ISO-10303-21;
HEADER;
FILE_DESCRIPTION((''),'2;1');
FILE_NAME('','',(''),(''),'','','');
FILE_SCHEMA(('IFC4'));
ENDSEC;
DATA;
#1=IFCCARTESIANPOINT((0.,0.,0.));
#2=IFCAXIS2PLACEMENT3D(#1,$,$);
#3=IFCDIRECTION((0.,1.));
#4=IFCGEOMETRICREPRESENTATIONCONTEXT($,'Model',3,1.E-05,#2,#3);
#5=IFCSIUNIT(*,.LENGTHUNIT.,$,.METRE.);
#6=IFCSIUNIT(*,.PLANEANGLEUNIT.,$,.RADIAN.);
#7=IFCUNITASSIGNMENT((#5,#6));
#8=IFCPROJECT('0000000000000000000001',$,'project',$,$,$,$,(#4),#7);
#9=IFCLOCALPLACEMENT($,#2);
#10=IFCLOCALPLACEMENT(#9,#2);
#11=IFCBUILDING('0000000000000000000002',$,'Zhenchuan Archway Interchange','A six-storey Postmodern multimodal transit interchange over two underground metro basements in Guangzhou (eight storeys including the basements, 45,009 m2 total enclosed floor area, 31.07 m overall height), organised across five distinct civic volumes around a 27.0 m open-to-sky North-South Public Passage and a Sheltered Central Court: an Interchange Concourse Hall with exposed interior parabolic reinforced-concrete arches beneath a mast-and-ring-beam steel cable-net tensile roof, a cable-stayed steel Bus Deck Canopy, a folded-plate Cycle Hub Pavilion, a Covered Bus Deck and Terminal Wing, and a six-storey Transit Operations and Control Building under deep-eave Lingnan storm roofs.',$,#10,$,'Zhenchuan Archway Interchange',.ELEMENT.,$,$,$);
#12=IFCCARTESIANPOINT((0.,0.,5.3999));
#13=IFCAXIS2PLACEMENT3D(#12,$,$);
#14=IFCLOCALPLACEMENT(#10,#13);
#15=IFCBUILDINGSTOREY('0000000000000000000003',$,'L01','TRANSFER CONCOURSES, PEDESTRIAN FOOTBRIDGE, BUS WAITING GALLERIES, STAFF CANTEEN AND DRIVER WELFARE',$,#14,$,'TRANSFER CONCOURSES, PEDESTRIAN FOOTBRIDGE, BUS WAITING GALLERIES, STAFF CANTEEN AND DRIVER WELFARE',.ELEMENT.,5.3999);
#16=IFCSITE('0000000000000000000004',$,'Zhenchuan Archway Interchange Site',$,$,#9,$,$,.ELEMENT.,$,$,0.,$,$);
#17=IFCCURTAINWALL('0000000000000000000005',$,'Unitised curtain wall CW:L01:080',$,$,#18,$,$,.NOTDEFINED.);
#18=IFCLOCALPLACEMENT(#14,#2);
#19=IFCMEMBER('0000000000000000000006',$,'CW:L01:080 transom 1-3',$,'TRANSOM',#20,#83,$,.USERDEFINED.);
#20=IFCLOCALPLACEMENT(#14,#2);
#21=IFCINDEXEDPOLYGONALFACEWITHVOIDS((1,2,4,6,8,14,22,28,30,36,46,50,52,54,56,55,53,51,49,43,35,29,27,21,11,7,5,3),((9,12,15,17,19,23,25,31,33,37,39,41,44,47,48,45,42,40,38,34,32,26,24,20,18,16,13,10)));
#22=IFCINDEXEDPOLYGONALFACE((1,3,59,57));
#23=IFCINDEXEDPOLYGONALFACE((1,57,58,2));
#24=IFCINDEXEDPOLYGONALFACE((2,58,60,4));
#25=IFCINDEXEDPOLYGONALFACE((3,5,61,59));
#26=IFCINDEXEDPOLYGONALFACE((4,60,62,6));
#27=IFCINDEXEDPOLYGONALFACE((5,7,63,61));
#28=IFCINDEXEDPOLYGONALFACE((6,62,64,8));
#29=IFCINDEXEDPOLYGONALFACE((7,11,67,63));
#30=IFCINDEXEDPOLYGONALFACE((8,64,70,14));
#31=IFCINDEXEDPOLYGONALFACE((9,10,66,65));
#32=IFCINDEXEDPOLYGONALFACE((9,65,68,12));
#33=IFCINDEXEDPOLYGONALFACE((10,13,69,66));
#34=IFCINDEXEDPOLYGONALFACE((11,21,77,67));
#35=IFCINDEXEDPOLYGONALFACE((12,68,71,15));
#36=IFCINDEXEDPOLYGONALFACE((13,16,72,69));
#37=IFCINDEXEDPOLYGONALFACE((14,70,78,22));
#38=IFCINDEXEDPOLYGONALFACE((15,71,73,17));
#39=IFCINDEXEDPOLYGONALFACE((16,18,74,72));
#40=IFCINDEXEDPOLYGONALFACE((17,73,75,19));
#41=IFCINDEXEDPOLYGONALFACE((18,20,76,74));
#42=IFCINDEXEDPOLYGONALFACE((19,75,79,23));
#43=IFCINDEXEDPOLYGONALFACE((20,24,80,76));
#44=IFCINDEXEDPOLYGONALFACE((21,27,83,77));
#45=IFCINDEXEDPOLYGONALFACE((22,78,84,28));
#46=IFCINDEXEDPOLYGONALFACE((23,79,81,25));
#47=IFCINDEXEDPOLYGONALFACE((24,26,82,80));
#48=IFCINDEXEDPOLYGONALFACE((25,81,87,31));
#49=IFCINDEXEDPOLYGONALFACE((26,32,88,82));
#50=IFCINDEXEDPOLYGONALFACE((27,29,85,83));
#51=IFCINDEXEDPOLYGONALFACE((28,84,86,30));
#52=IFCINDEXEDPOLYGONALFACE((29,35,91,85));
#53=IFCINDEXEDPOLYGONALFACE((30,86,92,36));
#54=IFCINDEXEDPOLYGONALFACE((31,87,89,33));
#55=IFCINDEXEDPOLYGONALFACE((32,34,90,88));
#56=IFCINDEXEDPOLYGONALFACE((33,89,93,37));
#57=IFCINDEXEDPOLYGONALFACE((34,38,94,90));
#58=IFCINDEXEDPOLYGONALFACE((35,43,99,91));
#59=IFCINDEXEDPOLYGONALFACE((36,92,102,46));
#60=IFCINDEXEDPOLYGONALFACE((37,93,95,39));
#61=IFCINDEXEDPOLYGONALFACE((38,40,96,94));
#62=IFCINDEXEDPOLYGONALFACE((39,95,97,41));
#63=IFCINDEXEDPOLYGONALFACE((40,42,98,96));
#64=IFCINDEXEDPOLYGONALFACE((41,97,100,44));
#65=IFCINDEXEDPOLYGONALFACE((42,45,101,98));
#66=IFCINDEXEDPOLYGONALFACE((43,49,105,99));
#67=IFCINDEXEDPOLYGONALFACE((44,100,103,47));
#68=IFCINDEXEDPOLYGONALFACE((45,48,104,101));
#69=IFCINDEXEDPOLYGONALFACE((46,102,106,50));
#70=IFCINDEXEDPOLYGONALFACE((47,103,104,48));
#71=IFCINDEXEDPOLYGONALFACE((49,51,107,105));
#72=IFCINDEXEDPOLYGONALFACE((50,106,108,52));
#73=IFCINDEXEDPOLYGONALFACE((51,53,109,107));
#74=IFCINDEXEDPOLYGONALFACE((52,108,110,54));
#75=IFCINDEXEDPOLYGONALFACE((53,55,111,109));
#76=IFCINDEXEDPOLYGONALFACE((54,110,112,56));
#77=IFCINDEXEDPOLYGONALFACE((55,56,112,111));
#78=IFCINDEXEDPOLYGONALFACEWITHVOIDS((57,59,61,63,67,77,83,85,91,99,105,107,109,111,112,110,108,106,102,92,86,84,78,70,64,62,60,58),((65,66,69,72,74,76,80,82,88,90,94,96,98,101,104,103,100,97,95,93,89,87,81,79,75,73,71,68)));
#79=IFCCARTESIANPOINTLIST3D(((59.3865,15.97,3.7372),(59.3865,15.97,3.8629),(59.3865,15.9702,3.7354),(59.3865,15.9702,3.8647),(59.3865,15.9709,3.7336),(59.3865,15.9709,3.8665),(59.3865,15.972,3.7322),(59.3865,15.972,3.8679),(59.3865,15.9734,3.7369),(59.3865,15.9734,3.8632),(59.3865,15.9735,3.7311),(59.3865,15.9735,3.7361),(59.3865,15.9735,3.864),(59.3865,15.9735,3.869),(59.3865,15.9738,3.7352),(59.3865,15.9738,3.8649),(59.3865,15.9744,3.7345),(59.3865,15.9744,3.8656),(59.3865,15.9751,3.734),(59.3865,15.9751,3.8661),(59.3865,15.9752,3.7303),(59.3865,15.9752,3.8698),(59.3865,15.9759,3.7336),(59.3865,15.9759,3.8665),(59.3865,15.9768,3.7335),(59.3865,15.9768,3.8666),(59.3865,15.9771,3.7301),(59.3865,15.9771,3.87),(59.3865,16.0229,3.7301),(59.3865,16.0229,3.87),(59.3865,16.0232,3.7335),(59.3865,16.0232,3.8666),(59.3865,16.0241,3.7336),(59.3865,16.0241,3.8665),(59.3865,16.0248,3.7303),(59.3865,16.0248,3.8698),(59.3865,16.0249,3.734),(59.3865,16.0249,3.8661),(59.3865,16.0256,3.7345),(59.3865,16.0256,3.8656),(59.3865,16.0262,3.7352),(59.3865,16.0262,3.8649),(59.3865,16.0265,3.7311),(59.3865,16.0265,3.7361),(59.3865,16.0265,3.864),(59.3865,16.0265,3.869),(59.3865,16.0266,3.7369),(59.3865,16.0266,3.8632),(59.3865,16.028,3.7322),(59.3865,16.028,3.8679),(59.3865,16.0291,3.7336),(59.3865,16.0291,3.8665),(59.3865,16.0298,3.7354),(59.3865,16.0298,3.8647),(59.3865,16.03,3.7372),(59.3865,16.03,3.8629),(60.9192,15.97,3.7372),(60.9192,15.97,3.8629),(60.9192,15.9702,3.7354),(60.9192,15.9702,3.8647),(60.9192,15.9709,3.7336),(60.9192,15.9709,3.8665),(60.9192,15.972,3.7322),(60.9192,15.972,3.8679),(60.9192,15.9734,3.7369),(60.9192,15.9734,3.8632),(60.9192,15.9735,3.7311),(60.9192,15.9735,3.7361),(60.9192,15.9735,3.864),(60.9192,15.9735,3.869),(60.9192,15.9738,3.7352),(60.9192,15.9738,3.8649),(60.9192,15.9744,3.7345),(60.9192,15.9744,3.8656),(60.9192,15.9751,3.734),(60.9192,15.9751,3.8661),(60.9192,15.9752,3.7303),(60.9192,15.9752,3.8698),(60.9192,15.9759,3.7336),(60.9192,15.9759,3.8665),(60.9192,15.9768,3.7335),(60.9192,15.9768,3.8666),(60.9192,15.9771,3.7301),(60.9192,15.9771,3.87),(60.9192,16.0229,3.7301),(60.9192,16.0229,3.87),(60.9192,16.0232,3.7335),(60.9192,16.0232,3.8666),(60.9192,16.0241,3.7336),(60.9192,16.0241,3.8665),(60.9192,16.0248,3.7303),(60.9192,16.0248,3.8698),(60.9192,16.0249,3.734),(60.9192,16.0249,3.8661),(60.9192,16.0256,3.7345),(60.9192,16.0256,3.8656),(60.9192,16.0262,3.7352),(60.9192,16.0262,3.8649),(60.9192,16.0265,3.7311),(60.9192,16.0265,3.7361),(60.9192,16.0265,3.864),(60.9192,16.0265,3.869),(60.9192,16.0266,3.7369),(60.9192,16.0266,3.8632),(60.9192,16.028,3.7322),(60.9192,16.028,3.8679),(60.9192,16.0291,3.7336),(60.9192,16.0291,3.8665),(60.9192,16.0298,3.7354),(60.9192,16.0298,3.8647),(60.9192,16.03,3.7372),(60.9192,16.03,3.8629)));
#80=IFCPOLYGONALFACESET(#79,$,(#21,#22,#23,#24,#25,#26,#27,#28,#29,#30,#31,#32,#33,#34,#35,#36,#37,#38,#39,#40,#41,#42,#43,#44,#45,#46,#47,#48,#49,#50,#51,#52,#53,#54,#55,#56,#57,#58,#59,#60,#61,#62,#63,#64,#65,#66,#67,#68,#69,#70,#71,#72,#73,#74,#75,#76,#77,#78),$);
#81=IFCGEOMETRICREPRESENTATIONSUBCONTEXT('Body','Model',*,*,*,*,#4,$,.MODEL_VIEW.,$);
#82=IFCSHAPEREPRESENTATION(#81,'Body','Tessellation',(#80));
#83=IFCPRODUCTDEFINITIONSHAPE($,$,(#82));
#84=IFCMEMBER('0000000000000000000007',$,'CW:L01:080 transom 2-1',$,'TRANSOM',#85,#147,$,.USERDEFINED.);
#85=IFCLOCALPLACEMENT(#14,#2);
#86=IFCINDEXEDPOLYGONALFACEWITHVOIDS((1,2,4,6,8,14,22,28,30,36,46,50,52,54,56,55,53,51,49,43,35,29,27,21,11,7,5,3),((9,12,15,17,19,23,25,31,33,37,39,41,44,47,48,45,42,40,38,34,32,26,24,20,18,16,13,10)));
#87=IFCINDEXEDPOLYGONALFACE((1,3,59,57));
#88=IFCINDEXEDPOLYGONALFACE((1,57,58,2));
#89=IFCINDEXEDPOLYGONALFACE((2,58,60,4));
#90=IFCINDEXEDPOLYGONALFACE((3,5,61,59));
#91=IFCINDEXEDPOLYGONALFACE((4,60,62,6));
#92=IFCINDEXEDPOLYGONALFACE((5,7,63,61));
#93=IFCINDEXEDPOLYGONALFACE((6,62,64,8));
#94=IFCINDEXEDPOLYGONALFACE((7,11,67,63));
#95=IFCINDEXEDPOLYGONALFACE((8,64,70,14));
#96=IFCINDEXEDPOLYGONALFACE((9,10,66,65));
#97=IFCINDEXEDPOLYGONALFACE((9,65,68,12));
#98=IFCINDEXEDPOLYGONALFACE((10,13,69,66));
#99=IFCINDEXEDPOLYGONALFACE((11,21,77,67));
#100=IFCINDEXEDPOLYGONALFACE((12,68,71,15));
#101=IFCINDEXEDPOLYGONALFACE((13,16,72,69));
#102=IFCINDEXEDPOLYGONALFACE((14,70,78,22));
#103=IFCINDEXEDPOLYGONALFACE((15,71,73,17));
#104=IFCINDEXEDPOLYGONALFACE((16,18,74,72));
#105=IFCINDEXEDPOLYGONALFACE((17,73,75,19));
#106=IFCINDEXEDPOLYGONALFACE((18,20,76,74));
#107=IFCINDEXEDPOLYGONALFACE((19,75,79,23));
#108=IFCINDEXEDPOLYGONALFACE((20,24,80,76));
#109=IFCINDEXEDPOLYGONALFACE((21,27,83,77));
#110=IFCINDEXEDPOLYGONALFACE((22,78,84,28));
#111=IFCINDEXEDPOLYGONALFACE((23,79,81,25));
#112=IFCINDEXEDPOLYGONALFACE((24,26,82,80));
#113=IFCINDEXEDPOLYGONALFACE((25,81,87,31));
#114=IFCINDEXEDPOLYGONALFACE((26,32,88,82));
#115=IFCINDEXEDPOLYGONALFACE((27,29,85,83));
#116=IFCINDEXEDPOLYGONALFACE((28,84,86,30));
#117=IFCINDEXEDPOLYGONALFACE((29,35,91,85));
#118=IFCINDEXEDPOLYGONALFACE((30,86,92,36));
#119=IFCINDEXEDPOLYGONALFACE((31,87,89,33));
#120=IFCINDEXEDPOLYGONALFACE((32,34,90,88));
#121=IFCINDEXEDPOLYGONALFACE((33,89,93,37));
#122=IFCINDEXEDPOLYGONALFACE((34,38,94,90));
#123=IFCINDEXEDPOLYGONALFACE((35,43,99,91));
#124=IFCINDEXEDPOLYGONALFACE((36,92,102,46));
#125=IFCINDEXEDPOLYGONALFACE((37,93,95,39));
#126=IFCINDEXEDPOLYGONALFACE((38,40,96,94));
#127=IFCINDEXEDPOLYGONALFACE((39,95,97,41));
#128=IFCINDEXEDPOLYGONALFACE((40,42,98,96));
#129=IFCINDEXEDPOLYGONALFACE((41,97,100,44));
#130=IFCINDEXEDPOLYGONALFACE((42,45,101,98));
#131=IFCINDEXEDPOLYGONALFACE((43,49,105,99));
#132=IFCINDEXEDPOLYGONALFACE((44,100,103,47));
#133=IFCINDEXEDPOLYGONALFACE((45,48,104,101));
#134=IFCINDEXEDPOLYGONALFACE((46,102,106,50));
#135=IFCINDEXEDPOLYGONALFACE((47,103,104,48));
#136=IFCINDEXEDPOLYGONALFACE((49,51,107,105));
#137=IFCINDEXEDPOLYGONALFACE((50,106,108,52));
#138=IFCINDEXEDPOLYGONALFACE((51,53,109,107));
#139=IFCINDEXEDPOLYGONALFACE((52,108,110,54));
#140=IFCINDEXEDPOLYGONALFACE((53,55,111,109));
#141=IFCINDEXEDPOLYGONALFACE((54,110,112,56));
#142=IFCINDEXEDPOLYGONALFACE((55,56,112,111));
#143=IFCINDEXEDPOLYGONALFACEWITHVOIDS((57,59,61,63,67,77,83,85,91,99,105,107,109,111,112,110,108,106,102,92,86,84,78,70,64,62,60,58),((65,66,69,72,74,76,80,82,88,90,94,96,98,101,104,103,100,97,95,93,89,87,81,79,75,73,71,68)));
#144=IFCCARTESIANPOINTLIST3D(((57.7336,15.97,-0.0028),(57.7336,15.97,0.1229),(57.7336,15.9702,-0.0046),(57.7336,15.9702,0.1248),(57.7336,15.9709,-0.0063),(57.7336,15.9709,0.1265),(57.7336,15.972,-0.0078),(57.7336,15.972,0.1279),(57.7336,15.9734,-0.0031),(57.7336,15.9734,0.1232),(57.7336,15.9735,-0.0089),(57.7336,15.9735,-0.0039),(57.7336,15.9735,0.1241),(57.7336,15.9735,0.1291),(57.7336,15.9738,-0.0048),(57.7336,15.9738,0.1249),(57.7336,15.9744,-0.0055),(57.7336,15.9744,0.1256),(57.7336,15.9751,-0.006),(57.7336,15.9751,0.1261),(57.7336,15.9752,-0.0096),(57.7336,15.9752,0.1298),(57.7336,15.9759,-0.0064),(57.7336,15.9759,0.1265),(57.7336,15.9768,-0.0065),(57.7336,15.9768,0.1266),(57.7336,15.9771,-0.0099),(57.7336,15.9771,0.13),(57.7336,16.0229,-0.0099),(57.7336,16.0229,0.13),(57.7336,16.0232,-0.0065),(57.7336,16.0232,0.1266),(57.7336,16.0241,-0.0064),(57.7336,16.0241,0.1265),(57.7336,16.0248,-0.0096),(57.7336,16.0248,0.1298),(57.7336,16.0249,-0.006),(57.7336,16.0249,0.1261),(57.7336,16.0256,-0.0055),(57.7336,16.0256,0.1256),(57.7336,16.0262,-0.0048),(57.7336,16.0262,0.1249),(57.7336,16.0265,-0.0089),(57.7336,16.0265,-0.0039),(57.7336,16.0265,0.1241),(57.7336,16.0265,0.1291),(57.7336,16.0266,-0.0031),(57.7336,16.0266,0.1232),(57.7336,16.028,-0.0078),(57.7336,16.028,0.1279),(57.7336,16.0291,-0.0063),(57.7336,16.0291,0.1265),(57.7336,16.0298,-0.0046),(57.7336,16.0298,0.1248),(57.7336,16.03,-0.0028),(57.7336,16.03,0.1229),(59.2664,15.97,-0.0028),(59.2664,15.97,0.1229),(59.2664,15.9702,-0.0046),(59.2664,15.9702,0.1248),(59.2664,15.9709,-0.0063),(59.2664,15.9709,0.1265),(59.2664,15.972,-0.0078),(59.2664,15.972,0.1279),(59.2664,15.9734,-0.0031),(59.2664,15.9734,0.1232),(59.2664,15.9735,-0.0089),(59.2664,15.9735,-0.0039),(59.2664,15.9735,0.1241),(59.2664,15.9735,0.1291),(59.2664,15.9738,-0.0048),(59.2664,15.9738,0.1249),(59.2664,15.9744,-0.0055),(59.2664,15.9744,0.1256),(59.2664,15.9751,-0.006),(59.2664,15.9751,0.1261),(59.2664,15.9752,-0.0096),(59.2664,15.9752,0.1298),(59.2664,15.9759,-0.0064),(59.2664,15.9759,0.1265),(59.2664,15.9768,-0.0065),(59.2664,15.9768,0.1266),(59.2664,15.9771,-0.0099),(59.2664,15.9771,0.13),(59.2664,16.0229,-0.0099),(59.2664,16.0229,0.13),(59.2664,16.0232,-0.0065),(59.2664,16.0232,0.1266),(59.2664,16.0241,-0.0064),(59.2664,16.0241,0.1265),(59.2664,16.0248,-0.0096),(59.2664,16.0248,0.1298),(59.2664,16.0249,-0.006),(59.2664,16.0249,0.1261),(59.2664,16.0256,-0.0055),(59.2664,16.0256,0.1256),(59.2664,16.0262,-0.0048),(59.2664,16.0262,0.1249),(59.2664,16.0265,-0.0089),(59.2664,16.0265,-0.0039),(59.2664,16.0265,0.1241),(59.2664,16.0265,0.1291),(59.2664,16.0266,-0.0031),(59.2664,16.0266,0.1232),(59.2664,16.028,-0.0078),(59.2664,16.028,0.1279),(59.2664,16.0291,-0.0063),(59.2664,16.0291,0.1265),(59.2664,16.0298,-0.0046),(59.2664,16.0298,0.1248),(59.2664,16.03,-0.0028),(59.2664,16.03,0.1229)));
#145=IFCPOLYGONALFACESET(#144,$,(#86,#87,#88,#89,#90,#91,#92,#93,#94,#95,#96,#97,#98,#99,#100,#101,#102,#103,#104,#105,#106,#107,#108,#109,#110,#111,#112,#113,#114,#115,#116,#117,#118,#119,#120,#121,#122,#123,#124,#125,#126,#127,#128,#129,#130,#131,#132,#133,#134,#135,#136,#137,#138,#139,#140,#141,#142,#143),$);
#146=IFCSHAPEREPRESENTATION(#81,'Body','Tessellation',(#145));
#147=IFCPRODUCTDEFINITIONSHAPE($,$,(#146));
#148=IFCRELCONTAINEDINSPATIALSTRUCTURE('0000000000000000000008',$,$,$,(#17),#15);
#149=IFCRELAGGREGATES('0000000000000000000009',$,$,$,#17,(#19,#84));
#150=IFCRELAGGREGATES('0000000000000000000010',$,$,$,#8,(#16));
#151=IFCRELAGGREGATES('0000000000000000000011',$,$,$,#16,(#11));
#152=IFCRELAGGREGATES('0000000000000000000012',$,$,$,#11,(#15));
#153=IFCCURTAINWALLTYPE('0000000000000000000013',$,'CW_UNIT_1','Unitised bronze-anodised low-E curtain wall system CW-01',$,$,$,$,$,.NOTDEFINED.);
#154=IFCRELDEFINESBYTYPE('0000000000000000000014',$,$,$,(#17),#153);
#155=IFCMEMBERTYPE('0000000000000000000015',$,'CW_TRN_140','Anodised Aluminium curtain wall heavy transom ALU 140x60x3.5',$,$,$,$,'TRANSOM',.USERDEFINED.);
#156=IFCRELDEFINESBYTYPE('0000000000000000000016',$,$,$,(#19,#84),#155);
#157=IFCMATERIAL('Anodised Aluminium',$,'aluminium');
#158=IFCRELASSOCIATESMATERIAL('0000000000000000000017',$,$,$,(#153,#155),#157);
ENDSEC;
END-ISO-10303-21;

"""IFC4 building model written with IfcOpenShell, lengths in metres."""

from ifc_helpers import new_model, si_unit, direction, frame, origin, origin_2d, place, context, subcontext, project, spatial, hollow_rectangle, extrude, material, material_profile, profile_set, type_object, element, aggregate, save


model = new_model("IFC4")

# Units and contexts
model_context = context("Model", 3, precision=1e-05, world=origin(), true_north=direction((0.0, 1.0)))
body_context = subcontext(model_context, "Body", "Model", "MODEL_VIEW")
ifc_project = project(units=[si_unit("LENGTHUNIT", "METRE"), si_unit("PLANEANGLEUNIT", "RADIAN")], contexts=[model_context])

# Site, building, storey
site_placement = place(None, origin())
site = spatial("IfcSite", under=ifc_project, at=site_placement, Name="Zhenchuan Archway Interchange Site", CompositionType="ELEMENT", RefElevation=0.0)
building_placement = place(site_placement, origin())
building = spatial("IfcBuilding", under=site, at=building_placement, Name="Zhenchuan Archway Interchange", Description="A six-storey Postmodern multimodal transit interchange over two underground metro basements in Guangzhou (eight storeys including the basements, 45,009 m2 total enclosed floor area, 31.07 m overall height), organised across five distinct civic volumes around a 27.0 m open-to-sky North-South Public Passage and a Sheltered Central Court: an Interchange Concourse Hall with exposed interior parabolic reinforced-concrete arches beneath a mast-and-ring-beam steel cable-net tensile roof, a cable-stayed steel Bus Deck Canopy, a folded-plate Cycle Hub Pavilion, a Covered Bus Deck and Terminal Wing, and a six-storey Transit Operations and Control Building under deep-eave Lingnan storm roofs.", LongName="Zhenchuan Archway Interchange", CompositionType="ELEMENT")
storey_placement = place(building_placement, frame((0.0, 0.0, 5.3999)))
storey = spatial("IfcBuildingStorey", under=building, at=storey_placement, Name="L01", Description="TRANSFER CONCOURSES, PEDESTRIAN FOOTBRIDGE, BUS WAITING GALLERIES, STAFF CANTEEN AND DRIVER WELFARE", LongName="TRANSFER CONCOURSES, PEDESTRIAN FOOTBRIDGE, BUS WAITING GALLERIES, STAFF CANTEEN AND DRIVER WELFARE", CompositionType="ELEMENT", Elevation=5.3999)

# Curtain wall, members
ifc_material_1 = material(Name="Anodised Aluminium", Category="aluminium")
curtain_wall_type = type_object("IfcCurtainWallType", Name="CW_UNIT_1", Description="Unitised bronze-anodised low-E curtain wall system CW-01", PredefinedType="NOTDEFINED", material=ifc_material_1)
curtain_wall_placement = place(storey_placement, origin())
curtain_wall = element("IfcCurtainWall", 1, at=curtain_wall_placement, inside=storey, type_object=curtain_wall_type, Name="Unitised curtain wall CW:L01:080", PredefinedType="NOTDEFINED")
ifc_material_profile_1 = material_profile(ifc_material_1, hollow_rectangle(XDim=0.0601, YDim=0.1399, WallThickness=0.0034, InnerFilletRadius=0.0034, OuterFilletRadius=0.0071, at=origin_2d()), Name="ALU 140x60x3.5")
ifc_profile_set_1 = profile_set([ifc_material_profile_1], Name="Anodised Aluminium")
member_type_1 = type_object("IfcMemberType", Name="CW_TRN_140", Description="Anodised Aluminium curtain wall heavy transom ALU 140x60x3.5", ElementType="TRANSOM", PredefinedType="USERDEFINED", material=ifc_profile_set_1)
member_1_placement = place(storey_placement, frame((60.9192, 16.0, 3.8), z_axis=(-1.0, 0.0, 0.0), x_axis=(0.0, -1.0, 0.0)))
member_1 = element("IfcMember", 2, at=member_1_placement, type_object=member_type_1, Name="CW:L01:080 transom 1-3", ObjectType="TRANSOM", PredefinedType="USERDEFINED", context=body_context, shape_type="SweptSolid", body=[
    extrude(hollow_rectangle(XDim=0.0601, YDim=0.1399, WallThickness=0.0034, InnerFilletRadius=0.0034, OuterFilletRadius=0.0071, at=origin_2d()), origin(), (0.0, 0.0, 1.0), 1.5327),
])
member_2_placement = place(storey_placement, frame((59.2664, 16.0, 0.0601), z_axis=(-1.0, 0.0, 0.0), x_axis=(0.0, -1.0, 0.0)))
member_2 = element("IfcMember", 3, at=member_2_placement, type_object=member_type_1, Name="CW:L01:080 transom 2-1", ObjectType="TRANSOM", PredefinedType="USERDEFINED", context=body_context, shape_type="SweptSolid", body=[
    extrude(hollow_rectangle(XDim=0.0601, YDim=0.1399, WallThickness=0.0034, InnerFilletRadius=0.0034, OuterFilletRadius=0.0071, at=origin_2d()), origin(), (0.0, 0.0, 1.0), 1.5327),
])

aggregate(curtain_wall, [member_1, member_2])

save(model, "model.ifc")
